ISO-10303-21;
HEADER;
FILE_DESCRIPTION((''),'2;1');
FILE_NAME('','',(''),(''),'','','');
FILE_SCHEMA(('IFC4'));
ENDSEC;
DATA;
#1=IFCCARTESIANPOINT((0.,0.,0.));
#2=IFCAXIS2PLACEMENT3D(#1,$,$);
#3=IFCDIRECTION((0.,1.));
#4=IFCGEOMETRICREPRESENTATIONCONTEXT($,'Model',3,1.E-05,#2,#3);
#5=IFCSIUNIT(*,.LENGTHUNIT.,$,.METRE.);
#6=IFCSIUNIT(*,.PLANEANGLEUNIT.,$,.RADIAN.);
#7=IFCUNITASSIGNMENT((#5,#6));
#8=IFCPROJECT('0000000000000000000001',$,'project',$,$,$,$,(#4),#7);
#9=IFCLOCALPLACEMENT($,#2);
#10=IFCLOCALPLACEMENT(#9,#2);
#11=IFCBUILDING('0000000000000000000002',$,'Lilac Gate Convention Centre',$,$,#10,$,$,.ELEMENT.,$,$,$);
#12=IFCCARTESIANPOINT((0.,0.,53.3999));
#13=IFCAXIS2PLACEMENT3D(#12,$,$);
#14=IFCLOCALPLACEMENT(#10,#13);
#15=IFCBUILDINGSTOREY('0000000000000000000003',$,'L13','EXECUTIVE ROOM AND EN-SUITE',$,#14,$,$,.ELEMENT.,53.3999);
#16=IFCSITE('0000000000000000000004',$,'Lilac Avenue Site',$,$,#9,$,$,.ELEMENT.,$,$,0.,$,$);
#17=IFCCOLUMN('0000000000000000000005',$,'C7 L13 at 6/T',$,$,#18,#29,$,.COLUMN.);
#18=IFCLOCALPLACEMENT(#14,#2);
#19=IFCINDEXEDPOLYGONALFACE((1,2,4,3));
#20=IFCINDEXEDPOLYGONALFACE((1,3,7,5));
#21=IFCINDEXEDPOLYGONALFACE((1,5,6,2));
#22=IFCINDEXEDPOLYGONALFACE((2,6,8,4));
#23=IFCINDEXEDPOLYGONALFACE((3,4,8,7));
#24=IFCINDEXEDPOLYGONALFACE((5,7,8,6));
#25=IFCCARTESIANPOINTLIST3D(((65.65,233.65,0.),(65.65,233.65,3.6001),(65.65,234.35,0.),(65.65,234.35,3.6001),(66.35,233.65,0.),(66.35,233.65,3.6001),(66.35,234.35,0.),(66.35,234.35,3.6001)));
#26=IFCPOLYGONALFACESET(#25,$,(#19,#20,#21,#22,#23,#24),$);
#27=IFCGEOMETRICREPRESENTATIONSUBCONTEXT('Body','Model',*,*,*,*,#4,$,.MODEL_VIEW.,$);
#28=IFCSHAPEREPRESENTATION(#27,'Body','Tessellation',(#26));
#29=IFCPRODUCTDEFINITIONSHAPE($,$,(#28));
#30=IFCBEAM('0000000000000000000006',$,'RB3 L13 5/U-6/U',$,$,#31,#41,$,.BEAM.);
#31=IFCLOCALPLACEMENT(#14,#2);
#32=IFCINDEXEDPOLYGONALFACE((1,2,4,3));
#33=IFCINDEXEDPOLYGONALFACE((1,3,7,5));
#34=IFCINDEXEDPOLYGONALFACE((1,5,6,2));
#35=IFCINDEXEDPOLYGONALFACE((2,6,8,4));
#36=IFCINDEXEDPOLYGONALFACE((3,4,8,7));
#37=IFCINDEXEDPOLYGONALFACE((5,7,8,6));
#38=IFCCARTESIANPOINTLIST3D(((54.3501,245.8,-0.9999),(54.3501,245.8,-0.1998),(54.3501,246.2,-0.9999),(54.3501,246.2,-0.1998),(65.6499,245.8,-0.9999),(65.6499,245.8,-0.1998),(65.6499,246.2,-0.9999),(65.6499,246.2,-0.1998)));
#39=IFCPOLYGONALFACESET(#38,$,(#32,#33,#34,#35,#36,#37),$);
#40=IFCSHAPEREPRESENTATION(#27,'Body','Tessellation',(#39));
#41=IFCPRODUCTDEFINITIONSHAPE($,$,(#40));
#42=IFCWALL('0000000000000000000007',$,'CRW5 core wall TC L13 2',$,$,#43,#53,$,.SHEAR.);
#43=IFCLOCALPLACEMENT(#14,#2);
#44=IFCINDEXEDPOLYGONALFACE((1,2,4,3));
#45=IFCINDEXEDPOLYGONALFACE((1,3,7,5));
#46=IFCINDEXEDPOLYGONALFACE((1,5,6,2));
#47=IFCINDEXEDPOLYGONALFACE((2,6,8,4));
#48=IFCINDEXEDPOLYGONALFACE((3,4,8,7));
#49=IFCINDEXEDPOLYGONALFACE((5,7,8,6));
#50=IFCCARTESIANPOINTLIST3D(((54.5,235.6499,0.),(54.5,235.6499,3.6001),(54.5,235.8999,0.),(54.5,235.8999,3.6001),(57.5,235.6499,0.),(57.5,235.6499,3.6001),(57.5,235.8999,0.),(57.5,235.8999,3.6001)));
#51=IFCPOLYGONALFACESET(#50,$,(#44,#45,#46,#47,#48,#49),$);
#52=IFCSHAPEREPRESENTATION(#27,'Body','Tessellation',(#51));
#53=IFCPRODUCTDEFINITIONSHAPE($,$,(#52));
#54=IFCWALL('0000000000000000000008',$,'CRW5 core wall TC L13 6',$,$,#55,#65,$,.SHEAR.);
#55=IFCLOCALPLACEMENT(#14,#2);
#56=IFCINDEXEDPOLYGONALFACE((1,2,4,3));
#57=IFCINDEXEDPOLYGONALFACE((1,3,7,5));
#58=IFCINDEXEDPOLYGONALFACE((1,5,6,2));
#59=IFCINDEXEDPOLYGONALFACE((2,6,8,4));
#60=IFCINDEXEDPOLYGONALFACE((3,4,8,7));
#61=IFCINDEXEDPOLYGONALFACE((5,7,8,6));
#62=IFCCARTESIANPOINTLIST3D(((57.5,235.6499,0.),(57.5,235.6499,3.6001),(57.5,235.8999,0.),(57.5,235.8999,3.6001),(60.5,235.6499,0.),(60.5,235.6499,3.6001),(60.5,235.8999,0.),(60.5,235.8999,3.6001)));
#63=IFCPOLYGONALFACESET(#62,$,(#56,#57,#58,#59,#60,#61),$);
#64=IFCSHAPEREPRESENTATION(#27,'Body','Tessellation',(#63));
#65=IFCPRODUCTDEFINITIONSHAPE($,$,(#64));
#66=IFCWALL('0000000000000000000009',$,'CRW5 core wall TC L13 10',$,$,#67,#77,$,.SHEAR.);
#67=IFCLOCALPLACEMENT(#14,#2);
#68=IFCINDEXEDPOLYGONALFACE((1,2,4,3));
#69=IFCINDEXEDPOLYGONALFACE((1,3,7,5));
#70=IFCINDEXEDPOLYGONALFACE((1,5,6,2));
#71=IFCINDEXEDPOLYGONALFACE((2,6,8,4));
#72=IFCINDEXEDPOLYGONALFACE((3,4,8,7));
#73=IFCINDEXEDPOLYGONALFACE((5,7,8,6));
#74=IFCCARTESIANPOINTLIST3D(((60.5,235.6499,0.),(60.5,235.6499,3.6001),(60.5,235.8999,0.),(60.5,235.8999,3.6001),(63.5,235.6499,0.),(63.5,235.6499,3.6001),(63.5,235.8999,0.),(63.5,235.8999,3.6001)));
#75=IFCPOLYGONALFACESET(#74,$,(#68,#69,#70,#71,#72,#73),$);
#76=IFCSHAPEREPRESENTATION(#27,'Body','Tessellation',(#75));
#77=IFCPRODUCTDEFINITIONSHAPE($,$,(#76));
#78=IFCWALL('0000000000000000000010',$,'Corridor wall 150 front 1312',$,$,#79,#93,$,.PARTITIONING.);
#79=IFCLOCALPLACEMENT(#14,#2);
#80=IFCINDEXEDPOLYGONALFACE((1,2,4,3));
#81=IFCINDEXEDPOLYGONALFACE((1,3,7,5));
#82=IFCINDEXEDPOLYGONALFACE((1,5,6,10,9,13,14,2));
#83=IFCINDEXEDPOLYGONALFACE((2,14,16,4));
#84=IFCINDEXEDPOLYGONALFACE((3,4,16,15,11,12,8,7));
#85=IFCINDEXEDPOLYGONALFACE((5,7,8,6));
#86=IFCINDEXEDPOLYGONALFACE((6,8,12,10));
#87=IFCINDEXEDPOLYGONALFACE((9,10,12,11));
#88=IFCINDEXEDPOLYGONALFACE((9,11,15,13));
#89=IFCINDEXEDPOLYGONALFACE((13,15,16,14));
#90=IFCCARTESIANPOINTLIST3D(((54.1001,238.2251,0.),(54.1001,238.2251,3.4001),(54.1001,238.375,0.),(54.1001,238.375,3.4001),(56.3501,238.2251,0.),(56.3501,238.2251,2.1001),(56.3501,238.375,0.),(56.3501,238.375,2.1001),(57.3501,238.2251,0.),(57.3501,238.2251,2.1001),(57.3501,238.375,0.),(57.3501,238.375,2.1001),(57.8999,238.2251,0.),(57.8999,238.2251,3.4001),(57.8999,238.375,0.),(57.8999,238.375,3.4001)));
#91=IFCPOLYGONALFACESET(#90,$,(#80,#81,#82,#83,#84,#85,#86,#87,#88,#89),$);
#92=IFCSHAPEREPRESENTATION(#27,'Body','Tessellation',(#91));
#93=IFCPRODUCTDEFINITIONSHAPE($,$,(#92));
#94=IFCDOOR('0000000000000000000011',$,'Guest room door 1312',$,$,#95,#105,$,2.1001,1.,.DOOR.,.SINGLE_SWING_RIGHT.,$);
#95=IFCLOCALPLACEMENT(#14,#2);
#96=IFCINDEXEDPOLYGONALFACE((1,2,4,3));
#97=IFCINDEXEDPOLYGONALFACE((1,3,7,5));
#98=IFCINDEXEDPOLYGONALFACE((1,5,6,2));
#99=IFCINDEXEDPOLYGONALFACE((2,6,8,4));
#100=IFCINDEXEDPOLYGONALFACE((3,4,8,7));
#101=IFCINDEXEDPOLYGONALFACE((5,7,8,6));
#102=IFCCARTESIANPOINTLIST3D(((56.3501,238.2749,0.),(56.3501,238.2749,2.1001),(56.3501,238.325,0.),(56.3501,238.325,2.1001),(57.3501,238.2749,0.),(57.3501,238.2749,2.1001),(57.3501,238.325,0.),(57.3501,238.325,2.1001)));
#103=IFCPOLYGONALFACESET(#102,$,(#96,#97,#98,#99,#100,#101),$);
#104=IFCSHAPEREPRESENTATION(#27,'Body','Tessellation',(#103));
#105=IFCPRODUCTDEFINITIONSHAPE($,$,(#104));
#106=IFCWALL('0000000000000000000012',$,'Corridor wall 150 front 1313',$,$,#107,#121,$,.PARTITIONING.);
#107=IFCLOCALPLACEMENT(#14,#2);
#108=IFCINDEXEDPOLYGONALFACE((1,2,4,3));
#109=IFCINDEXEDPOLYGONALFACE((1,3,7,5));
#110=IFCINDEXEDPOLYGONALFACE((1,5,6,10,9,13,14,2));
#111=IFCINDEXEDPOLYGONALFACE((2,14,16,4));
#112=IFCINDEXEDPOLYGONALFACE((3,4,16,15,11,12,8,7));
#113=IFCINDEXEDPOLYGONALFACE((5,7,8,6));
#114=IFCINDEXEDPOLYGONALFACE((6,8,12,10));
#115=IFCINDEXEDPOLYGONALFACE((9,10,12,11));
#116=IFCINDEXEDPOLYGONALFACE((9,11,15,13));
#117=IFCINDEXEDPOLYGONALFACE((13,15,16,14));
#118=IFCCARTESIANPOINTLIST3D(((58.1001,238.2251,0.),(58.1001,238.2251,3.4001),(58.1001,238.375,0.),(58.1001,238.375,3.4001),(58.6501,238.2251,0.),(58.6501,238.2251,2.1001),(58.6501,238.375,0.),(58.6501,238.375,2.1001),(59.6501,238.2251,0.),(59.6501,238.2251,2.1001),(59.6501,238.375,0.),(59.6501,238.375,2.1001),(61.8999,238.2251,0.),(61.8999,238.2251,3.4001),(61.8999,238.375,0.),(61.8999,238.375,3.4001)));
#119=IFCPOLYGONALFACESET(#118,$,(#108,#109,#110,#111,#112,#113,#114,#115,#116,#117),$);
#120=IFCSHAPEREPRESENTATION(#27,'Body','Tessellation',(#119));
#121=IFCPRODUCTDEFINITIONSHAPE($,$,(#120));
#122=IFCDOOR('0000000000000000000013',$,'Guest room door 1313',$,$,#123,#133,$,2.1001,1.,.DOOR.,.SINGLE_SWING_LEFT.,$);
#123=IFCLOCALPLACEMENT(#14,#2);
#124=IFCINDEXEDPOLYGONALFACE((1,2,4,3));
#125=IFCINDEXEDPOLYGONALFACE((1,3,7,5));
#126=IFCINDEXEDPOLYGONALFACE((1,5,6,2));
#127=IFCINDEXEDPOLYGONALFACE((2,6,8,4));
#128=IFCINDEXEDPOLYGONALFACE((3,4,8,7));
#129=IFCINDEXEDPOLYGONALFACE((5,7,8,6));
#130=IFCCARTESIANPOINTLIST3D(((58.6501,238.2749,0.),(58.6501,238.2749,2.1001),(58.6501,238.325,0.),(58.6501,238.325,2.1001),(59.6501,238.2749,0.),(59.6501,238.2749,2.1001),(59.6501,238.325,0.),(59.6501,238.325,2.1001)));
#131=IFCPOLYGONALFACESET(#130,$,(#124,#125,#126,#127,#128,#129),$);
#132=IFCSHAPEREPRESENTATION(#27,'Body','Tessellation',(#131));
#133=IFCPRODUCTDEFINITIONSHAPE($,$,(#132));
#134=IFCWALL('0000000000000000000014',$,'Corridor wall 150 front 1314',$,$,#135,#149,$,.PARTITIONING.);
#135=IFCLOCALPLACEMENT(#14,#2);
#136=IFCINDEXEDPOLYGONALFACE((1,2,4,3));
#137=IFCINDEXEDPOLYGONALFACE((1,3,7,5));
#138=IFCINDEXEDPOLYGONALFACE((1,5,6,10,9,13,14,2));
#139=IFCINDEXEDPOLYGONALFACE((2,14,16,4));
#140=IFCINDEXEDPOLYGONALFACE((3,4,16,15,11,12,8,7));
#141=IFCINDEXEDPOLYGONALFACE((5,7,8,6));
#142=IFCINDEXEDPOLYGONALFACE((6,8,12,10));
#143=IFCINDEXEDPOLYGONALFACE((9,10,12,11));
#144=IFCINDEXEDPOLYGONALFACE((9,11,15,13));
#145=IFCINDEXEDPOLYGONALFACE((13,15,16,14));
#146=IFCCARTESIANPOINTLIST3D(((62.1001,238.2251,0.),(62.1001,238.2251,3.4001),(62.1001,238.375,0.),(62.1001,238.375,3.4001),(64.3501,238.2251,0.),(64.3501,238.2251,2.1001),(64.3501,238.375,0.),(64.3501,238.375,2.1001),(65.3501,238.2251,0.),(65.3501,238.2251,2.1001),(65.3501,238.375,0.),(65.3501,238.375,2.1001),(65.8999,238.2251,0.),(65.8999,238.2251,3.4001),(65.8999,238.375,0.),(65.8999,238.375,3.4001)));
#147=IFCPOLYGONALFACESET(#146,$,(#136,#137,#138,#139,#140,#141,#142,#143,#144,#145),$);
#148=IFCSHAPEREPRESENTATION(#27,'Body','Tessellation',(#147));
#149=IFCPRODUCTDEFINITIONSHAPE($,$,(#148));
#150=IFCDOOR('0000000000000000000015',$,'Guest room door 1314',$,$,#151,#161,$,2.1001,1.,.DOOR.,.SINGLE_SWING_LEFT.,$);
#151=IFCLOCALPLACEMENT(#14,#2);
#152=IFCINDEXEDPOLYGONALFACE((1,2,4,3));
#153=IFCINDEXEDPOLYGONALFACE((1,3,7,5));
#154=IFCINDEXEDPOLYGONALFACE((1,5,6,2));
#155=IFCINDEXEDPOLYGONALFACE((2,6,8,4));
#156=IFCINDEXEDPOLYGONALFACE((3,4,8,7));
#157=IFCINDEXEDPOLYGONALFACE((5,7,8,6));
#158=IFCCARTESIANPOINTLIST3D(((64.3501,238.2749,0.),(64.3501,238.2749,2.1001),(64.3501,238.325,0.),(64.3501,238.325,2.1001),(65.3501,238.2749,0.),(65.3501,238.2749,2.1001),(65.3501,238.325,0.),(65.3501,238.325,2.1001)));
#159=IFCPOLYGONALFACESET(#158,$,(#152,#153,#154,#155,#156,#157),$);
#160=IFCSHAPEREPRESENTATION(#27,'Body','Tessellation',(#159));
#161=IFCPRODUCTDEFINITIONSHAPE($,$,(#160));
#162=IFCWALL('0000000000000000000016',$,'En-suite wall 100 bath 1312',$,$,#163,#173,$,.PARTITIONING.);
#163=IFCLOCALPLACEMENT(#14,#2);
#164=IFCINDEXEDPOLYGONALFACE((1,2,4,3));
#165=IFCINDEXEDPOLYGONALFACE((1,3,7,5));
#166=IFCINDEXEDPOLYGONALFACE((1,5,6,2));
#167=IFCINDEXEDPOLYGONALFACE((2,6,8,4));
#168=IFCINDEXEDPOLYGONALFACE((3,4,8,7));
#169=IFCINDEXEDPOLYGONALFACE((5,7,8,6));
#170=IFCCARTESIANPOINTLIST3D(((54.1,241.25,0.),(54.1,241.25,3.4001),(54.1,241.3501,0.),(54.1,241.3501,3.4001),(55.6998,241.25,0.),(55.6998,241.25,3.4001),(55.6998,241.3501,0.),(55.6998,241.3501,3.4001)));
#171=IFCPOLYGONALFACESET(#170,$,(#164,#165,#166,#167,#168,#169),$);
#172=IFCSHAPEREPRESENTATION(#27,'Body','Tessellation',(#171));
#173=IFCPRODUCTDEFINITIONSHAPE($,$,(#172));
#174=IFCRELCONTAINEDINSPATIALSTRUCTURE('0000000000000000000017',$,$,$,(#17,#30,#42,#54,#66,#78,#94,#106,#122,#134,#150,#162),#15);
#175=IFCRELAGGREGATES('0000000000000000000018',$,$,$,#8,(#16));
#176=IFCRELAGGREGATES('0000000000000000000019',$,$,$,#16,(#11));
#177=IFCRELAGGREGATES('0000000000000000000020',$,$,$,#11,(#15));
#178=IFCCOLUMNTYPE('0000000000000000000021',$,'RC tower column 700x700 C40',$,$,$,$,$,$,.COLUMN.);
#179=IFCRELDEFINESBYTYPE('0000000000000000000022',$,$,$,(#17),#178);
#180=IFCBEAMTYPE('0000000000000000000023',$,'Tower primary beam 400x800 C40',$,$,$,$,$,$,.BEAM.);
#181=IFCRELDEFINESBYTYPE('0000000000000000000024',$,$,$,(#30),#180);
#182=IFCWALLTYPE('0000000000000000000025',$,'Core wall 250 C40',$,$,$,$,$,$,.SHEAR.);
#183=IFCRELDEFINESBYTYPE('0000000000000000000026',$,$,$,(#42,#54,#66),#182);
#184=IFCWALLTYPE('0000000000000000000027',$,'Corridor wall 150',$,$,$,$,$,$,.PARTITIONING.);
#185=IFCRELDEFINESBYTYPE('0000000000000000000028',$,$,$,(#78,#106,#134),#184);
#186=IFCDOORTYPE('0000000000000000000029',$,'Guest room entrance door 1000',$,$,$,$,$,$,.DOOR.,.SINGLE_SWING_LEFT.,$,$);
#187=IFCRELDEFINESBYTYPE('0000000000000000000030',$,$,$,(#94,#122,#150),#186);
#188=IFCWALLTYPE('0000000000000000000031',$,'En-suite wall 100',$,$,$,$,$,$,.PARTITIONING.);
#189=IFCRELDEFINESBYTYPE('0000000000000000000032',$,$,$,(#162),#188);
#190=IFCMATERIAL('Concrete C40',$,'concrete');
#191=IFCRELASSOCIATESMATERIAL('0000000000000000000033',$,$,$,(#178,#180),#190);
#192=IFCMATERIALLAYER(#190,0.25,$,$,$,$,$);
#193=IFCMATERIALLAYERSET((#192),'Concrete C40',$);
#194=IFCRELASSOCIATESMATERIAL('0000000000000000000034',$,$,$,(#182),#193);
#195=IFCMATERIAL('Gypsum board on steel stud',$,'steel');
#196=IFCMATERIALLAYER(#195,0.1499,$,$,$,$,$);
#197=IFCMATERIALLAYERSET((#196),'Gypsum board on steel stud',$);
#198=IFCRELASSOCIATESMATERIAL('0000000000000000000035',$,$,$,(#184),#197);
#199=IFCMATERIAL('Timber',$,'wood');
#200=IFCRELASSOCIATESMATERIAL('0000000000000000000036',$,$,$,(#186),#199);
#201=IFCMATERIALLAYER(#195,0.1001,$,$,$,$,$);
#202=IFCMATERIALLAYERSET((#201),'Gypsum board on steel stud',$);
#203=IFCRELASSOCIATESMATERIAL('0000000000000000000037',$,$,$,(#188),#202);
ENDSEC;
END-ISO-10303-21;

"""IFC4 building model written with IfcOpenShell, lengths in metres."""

from ifc_helpers import new_model, si_unit, direction, frame, frame_2d, origin, origin_2d, place, context, subcontext, project, spatial, rectangle, extrude, material, layer, layer_set, material_profile, profile_set, type_object, element, fill, save


model = new_model("IFC4")

# Units and contexts
model_context = context("Model", 3, precision=1e-05, world=origin(), true_north=direction((0.0, 1.0)))
body_context = subcontext(model_context, "Body", "Model", "MODEL_VIEW")
ifc_project = project(units=[si_unit("LENGTHUNIT", "METRE"), si_unit("PLANEANGLEUNIT", "RADIAN")], contexts=[model_context])

# Site, building, storey
site_placement = place(None, origin())
site = spatial("IfcSite", under=ifc_project, at=site_placement, Name="Lilac Avenue Site", CompositionType="ELEMENT", RefElevation=0.0)
building_placement = place(site_placement, origin())
building = spatial("IfcBuilding", under=site, at=building_placement, Name="Lilac Gate Convention Centre", CompositionType="ELEMENT")
storey_placement = place(building_placement, frame((0.0, 0.0, 53.3999)))
storey = spatial("IfcBuildingStorey", under=building, at=storey_placement, Name="L13", Description="EXECUTIVE ROOM AND EN-SUITE", CompositionType="ELEMENT", Elevation=53.3999)

# Column
ifc_material_1 = material(Name="Concrete C40", Category="concrete")
ifc_material_profile_1 = material_profile(ifc_material_1, rectangle(XDim=0.7, YDim=0.7, at=origin_2d()), Name="RC 700x700")
ifc_profile_set_1 = profile_set([ifc_material_profile_1], Name="Concrete C40")
column_type = type_object("IfcColumnType", Name="RC tower column 700x700 C40", PredefinedType="COLUMN", material=ifc_profile_set_1)
column_placement = place(storey_placement, frame((66.0, 234.0, 0.0), z_axis=(0.0, 0.0, 1.0), x_axis=(1.0, 0.0, 0.0)))
element("IfcColumn", 1, at=column_placement, inside=storey, type_object=column_type, Name="C7 L13 at 6/T", PredefinedType="COLUMN", context=body_context, shape_type="SweptSolid", body=[
    extrude(rectangle(XDim=0.7, YDim=0.7, at=origin_2d()), origin(), (0.0, 0.0, 1.0), 3.6001),
])

# Beam
ifc_material_profile_2 = material_profile(ifc_material_1, rectangle(XDim=0.3999, YDim=0.8, at=origin_2d()), Name="RC 400x800")
ifc_profile_set_2 = profile_set([ifc_material_profile_2], Name="Concrete C40")
beam_type = type_object("IfcBeamType", Name="Tower primary beam 400x800 C40", PredefinedType="BEAM", material=ifc_profile_set_2)
beam_placement = place(storey_placement, frame((54.3501, 246.0, -0.5999), z_axis=(1.0, 0.0, 0.0), x_axis=(0.0, 1.0, 0.0)))
element("IfcBeam", 2, at=beam_placement, inside=storey, type_object=beam_type, Name="RB3 L13 5/U-6/U", PredefinedType="BEAM", context=body_context, shape_type="SweptSolid", body=[
    extrude(rectangle(XDim=0.3999, YDim=0.8, at=origin_2d()), origin(), (0.0, 0.0, 1.0), 11.2998),
])

# Walls
ifc_layer_1 = layer(ifc_material_1, 0.25)
ifc_layer_set_1 = layer_set([ifc_layer_1], Name="Concrete C40")
wall_type_1 = type_object("IfcWallType", Name="Core wall 250 C40", PredefinedType="SHEAR", material=ifc_layer_set_1)
for number, where, z_axis, x_axis, name in (
    (3, (54.5, 235.7749, 0.0), (0.0, 0.0, 1.0), (1.0, 0.0, 0.0), "CRW5 core wall TC L13 2"),
    (4, (57.5, 235.7749, 0.0), (0.0, 0.0, 1.0), (1.0, 0.0, 0.0), "CRW5 core wall TC L13 6"),
    (5, (60.5, 235.7749, 0.0), (0.0, 0.0, 1.0), (1.0, 0.0, 0.0), "CRW5 core wall TC L13 10"),
):
    element("IfcWall", number, at=place(storey_placement, frame(where, z_axis=z_axis, x_axis=x_axis)), inside=storey, type_object=wall_type_1, Name=name, PredefinedType="SHEAR", context=body_context, shape_type="SweptSolid", body=[
        extrude(rectangle(XDim=3.0, YDim=0.25, at=frame_2d((1.5, 0.0))), origin(), (0.0, 0.0, 1.0), 3.6001),
    ])

# Walls, openings, doors
ifc_material_2 = material(Name="Gypsum board on steel stud", Category="steel")
ifc_layer_2 = layer(ifc_material_2, 0.1499)
ifc_layer_set_2 = layer_set([ifc_layer_2], Name="Gypsum board on steel stud")
wall_type_2 = type_object("IfcWallType", Name="Corridor wall 150", PredefinedType="PARTITIONING", material=ifc_layer_set_2)
wall_1_placement = place(storey_placement, frame((54.1001, 238.3, 0.0), z_axis=(0.0, 0.0, 1.0), x_axis=(1.0, 0.0, 0.0)))
wall_1 = element("IfcWall", 6, at=wall_1_placement, inside=storey, type_object=wall_type_2, Name="Corridor wall 150 front 1312", PredefinedType="PARTITIONING", context=body_context, shape_type="SweptSolid", body=[
    extrude(rectangle(XDim=3.7998, YDim=0.1499, at=frame_2d((1.8999, 0.0))), origin(), (0.0, 0.0, 1.0), 3.4001),
])
opening_1_placement = place(wall_1_placement, frame((2.25, 0.0, 0.0)))
opening_1 = element("IfcOpeningElement", 7, at=opening_1_placement, cuts=wall_1, PredefinedType="OPENING", context=body_context, shape_type="SweptSolid", body=[
    extrude(rectangle(XDim=1.0, YDim=2.1001, at=frame_2d((0.5, 1.05))), frame((0.0, 0.085, 0.0), z_axis=(0.0, -1.0, 0.0), x_axis=(1.0, 0.0, 0.0)), (0.0, 0.0, 1.0), 0.1699),
])
ifc_material_3 = material(Name="Timber", Category="wood")
door_type_1 = type_object("IfcDoorType", Name="Guest room entrance door 1000", OperationType="SINGLE_SWING_LEFT", PredefinedType="DOOR", material=ifc_material_3)
door_1_placement = place(opening_1_placement, origin())
door_1 = element("IfcDoor", 8, at=door_1_placement, inside=storey, type_object=door_type_1, Name="Guest room door 1312", OperationType="SINGLE_SWING_RIGHT", OverallHeight=2.1001, OverallWidth=1.0, PredefinedType="DOOR", context=body_context, shape_type="SweptSolid", body=[
    extrude(rectangle(XDim=1.0, YDim=2.1001, at=frame_2d((0.5, 1.05))), frame((0.0, 0.0249, 0.0), z_axis=(0.0, -1.0, 0.0), x_axis=(1.0, 0.0, 0.0)), (0.0, 0.0, 1.0), 0.05),
])
fill(opening_1, door_1)
wall_2_placement = place(storey_placement, frame((58.1001, 238.3, 0.0), z_axis=(0.0, 0.0, 1.0), x_axis=(1.0, 0.0, 0.0)))
wall_2 = element("IfcWall", 9, at=wall_2_placement, inside=storey, type_object=wall_type_2, Name="Corridor wall 150 front 1313", PredefinedType="PARTITIONING", context=body_context, shape_type="SweptSolid", body=[
    extrude(rectangle(XDim=3.7998, YDim=0.1499, at=frame_2d((1.8999, 0.0))), origin(), (0.0, 0.0, 1.0), 3.4001),
])
opening_2_placement = place(wall_2_placement, frame((0.55, 0.0, 0.0)))
opening_2 = element("IfcOpeningElement", 10, at=opening_2_placement, cuts=wall_2, PredefinedType="OPENING", context=body_context, shape_type="SweptSolid", body=[
    extrude(rectangle(XDim=1.0, YDim=2.1001, at=frame_2d((0.5, 1.05))), frame((0.0, 0.085, 0.0), z_axis=(0.0, -1.0, 0.0), x_axis=(1.0, 0.0, 0.0)), (0.0, 0.0, 1.0), 0.1699),
])
door_2_placement = place(opening_2_placement, origin())
door_2 = element("IfcDoor", 11, at=door_2_placement, inside=storey, type_object=door_type_1, Name="Guest room door 1313", OperationType="SINGLE_SWING_LEFT", OverallHeight=2.1001, OverallWidth=1.0, PredefinedType="DOOR", context=body_context, shape_type="SweptSolid", body=[
    extrude(rectangle(XDim=1.0, YDim=2.1001, at=frame_2d((0.5, 1.05))), frame((0.0, 0.0249, 0.0), z_axis=(0.0, -1.0, 0.0), x_axis=(1.0, 0.0, 0.0)), (0.0, 0.0, 1.0), 0.05),
])
fill(opening_2, door_2)
wall_3_placement = place(storey_placement, frame((62.1001, 238.3, 0.0), z_axis=(0.0, 0.0, 1.0), x_axis=(1.0, 0.0, 0.0)))
wall_3 = element("IfcWall", 12, at=wall_3_placement, inside=storey, type_object=wall_type_2, Name="Corridor wall 150 front 1314", PredefinedType="PARTITIONING", context=body_context, shape_type="SweptSolid", body=[
    extrude(rectangle(XDim=3.7998, YDim=0.1499, at=frame_2d((1.8999, 0.0))), origin(), (0.0, 0.0, 1.0), 3.4001),
])
opening_3_placement = place(wall_3_placement, frame((2.25, 0.0, 0.0)))
opening_3 = element("IfcOpeningElement", 13, at=opening_3_placement, cuts=wall_3, PredefinedType="OPENING", context=body_context, shape_type="SweptSolid", body=[
    extrude(rectangle(XDim=1.0, YDim=2.1001, at=frame_2d((0.5, 1.05))), frame((0.0, 0.085, 0.0), z_axis=(0.0, -1.0, 0.0), x_axis=(1.0, 0.0, 0.0)), (0.0, 0.0, 1.0), 0.1699),
])
door_3_placement = place(opening_3_placement, origin())
door_3 = element("IfcDoor", 14, at=door_3_placement, inside=storey, type_object=door_type_1, Name="Guest room door 1314", OperationType="SINGLE_SWING_LEFT", OverallHeight=2.1001, OverallWidth=1.0, PredefinedType="DOOR", context=body_context, shape_type="SweptSolid", body=[
    extrude(rectangle(XDim=1.0, YDim=2.1001, at=frame_2d((0.5, 1.05))), frame((0.0, 0.0249, 0.0), z_axis=(0.0, -1.0, 0.0), x_axis=(1.0, 0.0, 0.0)), (0.0, 0.0, 1.0), 0.05),
])
fill(opening_3, door_3)

# Wall
ifc_layer_3 = layer(ifc_material_2, 0.1001)
ifc_layer_set_3 = layer_set([ifc_layer_3], Name="Gypsum board on steel stud")
wall_type_3 = type_object("IfcWallType", Name="En-suite wall 100", PredefinedType="PARTITIONING", material=ifc_layer_set_3)
wall_4_placement = place(storey_placement, frame((54.1001, 241.3, 0.0), z_axis=(0.0, 0.0, 1.0), x_axis=(1.0, 0.0, 0.0)))
element("IfcWall", 15, at=wall_4_placement, inside=storey, type_object=wall_type_3, Name="En-suite wall 100 bath 1312", PredefinedType="PARTITIONING", context=body_context, shape_type="SweptSolid", body=[
    extrude(rectangle(XDim=1.5999, YDim=0.1001, at=frame_2d((0.7998, 0.0))), origin(), (0.0, 0.0, 1.0), 3.4001),
])

save(model, "model.ifc")
